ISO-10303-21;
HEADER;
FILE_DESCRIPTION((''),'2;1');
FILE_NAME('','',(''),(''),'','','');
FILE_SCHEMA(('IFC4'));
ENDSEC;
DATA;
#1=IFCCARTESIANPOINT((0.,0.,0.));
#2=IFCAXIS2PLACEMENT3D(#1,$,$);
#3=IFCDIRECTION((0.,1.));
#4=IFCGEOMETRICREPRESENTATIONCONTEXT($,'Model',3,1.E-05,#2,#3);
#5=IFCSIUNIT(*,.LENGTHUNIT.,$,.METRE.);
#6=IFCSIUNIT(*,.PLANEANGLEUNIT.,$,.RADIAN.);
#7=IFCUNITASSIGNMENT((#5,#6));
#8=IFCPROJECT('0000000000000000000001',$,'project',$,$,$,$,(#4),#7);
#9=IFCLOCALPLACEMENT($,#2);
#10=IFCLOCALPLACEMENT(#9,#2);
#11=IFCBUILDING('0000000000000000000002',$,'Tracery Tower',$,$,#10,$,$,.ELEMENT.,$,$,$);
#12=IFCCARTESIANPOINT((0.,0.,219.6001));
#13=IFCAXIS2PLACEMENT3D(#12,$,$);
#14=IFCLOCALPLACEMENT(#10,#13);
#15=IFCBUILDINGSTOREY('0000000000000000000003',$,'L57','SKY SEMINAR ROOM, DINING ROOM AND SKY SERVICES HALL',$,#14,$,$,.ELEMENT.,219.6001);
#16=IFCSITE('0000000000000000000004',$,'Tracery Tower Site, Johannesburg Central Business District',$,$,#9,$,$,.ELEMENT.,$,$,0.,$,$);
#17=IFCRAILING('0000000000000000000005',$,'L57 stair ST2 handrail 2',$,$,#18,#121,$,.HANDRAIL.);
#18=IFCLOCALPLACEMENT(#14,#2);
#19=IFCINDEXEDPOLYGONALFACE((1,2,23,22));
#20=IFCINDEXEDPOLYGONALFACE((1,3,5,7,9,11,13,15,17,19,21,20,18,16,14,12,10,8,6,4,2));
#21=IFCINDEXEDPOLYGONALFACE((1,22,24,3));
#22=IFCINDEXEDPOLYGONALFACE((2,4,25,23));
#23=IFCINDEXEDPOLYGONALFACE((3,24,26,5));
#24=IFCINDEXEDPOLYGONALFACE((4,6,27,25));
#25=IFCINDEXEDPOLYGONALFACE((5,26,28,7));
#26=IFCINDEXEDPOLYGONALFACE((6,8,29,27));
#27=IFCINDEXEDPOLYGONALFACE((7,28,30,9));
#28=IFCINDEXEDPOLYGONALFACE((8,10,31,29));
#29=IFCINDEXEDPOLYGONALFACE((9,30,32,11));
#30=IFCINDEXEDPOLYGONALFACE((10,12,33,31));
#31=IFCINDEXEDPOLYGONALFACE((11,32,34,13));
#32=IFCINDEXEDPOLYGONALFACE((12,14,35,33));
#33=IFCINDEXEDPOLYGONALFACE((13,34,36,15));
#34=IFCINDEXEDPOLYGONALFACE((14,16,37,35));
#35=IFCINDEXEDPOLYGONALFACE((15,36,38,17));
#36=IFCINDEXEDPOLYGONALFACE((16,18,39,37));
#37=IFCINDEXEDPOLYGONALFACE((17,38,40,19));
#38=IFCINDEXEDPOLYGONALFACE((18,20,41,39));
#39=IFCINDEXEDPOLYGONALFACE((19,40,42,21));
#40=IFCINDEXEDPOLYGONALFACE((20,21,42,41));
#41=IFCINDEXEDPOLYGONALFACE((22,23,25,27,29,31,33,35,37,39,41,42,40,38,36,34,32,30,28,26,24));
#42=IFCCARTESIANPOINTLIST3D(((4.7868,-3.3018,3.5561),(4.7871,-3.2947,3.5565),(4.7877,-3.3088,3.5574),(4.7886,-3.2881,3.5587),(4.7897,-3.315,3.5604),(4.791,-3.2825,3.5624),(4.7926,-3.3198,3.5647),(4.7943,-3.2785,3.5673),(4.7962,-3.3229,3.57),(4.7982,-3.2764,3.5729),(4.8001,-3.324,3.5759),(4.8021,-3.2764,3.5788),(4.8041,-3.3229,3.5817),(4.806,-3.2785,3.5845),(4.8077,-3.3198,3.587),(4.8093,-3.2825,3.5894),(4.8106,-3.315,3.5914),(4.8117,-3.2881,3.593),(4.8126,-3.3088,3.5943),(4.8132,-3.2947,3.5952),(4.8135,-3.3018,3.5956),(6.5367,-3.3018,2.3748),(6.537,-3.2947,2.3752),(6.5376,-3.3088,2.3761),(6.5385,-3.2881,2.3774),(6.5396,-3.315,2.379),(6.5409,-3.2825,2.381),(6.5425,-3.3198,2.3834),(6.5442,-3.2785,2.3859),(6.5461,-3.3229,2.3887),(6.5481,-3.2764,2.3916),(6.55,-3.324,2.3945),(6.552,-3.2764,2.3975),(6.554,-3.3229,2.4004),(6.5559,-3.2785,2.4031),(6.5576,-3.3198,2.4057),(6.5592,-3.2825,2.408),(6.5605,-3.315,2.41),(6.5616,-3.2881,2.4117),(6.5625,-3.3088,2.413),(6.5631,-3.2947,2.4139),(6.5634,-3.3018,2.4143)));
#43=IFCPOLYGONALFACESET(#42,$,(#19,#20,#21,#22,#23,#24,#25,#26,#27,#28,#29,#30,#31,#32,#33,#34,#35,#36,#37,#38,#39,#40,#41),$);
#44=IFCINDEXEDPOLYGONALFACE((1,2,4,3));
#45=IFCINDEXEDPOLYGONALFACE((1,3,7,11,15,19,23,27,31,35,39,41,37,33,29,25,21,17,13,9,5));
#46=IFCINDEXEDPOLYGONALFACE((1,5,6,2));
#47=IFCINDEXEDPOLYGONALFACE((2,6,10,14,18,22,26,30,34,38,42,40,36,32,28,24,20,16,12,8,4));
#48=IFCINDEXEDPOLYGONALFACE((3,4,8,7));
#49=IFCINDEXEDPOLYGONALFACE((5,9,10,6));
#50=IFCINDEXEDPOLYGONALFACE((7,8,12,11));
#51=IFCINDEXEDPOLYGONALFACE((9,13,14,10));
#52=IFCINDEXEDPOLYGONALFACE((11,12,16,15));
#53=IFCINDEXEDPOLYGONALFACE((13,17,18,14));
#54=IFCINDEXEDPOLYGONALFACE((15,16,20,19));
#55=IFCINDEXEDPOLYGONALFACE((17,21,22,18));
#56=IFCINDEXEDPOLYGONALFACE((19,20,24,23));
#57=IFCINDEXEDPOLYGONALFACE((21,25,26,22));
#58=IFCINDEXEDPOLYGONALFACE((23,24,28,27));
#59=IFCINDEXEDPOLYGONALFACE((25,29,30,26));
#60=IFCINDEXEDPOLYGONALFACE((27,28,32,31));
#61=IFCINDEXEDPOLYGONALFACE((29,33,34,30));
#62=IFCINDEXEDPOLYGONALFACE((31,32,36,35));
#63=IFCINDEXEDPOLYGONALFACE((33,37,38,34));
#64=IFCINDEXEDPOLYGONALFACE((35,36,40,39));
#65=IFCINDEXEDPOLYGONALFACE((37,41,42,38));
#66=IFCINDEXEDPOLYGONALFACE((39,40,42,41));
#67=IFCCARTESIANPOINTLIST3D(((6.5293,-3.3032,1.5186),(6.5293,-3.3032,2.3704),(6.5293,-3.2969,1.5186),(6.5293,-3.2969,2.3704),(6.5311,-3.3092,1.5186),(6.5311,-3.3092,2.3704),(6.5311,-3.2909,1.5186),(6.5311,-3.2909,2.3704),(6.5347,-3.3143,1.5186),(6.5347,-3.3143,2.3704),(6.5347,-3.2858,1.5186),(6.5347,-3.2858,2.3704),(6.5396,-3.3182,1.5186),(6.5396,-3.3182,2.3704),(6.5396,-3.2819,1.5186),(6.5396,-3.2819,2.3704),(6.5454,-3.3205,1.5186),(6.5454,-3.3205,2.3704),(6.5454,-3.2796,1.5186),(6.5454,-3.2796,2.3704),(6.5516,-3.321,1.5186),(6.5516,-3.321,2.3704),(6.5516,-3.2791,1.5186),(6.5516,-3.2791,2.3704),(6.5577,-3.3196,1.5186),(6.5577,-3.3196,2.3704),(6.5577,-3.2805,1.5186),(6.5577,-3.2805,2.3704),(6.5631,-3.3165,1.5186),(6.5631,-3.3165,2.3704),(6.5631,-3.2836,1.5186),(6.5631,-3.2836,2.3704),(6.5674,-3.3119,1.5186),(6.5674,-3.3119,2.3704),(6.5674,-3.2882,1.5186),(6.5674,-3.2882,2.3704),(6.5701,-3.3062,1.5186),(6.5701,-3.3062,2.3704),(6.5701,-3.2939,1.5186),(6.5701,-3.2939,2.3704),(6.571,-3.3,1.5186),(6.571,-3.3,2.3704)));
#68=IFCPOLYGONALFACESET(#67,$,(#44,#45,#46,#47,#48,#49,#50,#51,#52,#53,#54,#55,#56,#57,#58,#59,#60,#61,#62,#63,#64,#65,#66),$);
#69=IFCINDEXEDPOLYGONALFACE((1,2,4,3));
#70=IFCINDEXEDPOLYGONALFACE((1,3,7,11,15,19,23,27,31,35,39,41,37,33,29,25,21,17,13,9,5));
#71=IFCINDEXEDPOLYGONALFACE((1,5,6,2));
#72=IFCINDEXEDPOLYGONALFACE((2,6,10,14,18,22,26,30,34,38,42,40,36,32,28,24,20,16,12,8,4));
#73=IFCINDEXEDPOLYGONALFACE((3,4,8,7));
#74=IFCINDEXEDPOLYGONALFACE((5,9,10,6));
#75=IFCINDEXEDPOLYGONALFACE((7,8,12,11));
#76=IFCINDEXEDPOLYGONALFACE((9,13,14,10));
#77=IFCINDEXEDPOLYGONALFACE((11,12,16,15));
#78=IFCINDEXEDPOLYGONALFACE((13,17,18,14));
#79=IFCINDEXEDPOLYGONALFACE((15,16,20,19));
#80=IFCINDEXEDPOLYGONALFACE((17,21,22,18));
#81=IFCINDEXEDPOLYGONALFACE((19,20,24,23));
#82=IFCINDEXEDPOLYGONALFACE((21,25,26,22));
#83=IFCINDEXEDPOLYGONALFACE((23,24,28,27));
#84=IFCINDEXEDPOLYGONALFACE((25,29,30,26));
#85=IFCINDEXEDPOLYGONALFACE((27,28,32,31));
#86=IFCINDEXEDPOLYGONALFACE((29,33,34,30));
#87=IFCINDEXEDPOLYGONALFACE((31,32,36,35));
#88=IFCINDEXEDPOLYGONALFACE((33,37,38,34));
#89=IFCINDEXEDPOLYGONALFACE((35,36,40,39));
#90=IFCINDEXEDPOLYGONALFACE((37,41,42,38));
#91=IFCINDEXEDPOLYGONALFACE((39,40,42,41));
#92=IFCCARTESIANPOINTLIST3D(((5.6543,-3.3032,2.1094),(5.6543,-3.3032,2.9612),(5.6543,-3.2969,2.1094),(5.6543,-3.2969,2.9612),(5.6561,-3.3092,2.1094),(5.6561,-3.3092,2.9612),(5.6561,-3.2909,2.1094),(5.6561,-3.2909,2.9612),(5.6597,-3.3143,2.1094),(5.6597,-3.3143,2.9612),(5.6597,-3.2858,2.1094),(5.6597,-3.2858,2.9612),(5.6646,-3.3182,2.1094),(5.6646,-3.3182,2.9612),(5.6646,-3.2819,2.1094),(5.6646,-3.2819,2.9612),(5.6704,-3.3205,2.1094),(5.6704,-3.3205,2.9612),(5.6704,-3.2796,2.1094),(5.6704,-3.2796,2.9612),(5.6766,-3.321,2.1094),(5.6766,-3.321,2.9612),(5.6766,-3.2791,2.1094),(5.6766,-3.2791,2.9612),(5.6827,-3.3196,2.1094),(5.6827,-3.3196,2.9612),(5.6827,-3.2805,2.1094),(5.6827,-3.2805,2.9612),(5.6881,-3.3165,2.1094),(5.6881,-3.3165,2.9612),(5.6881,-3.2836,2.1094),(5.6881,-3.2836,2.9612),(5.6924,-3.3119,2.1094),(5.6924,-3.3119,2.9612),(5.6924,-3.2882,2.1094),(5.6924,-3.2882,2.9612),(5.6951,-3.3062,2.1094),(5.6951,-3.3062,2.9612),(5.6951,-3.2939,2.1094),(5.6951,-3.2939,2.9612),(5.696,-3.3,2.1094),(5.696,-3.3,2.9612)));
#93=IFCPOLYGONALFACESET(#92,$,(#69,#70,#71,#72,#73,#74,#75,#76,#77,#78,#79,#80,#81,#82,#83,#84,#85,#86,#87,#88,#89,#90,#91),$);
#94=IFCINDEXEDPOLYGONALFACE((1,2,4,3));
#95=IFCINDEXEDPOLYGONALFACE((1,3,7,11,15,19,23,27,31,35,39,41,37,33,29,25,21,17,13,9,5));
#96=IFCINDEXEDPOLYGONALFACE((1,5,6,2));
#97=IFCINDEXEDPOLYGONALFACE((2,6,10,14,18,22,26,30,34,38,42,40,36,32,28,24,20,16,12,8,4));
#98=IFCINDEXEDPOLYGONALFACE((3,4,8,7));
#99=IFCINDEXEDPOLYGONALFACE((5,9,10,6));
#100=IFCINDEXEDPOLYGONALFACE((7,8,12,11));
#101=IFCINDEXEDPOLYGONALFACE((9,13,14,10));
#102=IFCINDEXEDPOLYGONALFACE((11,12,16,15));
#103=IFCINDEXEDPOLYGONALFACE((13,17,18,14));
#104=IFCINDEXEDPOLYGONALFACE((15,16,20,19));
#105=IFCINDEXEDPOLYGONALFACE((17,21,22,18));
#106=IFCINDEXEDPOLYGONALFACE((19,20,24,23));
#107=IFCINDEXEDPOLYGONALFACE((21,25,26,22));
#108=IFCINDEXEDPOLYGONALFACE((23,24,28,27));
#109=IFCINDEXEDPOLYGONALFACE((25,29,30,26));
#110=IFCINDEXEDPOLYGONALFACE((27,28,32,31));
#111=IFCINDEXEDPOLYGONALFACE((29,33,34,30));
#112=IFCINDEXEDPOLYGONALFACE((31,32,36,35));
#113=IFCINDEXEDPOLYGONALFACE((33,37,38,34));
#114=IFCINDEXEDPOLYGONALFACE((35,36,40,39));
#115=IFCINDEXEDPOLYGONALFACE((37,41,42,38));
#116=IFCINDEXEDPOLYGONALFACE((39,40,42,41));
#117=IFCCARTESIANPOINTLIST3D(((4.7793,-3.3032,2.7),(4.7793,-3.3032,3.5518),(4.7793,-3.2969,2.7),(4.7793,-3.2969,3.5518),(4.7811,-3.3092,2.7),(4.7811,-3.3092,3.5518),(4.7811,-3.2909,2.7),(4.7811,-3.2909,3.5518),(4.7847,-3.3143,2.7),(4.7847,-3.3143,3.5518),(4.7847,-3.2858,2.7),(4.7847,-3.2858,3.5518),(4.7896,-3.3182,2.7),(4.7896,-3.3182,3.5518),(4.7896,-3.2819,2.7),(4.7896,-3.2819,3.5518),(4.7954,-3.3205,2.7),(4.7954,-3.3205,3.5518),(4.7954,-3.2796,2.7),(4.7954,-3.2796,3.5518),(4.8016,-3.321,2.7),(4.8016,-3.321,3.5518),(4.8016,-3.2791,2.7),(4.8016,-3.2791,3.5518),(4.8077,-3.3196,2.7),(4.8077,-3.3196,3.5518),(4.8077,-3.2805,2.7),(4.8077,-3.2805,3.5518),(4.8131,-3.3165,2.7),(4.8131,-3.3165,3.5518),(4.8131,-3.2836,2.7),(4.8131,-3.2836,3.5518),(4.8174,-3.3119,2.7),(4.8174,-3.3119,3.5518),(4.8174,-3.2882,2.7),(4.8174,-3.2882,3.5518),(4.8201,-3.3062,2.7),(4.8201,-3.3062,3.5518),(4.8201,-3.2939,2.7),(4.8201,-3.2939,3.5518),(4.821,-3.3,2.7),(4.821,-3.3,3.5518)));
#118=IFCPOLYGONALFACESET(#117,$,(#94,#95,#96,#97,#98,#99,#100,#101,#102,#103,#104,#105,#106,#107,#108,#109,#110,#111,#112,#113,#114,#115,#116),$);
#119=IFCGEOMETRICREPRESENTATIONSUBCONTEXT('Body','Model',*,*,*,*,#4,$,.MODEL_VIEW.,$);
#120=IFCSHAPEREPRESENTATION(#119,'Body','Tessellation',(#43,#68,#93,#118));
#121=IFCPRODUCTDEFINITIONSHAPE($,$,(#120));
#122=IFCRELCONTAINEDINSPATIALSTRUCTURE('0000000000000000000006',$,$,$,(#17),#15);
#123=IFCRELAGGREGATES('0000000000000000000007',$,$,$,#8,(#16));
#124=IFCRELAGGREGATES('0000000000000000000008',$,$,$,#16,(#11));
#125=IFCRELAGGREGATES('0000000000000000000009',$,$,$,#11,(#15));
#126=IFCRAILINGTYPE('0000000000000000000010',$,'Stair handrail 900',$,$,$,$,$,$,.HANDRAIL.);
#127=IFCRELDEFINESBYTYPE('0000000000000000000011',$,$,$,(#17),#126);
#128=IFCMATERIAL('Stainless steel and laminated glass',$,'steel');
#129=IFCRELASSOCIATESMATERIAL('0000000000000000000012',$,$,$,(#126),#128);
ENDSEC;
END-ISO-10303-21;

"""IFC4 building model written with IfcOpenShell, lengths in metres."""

from ifc_helpers import new_model, si_unit, direction, frame, origin, origin_2d, place, context, subcontext, project, spatial, circle, extrude, material, type_object, element, save


model = new_model("IFC4")

# Units and contexts
model_context = context("Model", 3, precision=1e-05, world=origin(), true_north=direction((0.0, 1.0)))
body_context = subcontext(model_context, "Body", "Model", "MODEL_VIEW")
ifc_project = project(units=[si_unit("LENGTHUNIT", "METRE"), si_unit("PLANEANGLEUNIT", "RADIAN")], contexts=[model_context])

# Site, building, storey
site_placement = place(None, origin())
site = spatial("IfcSite", under=ifc_project, at=site_placement, Name="Tracery Tower Site, Johannesburg Central Business District", CompositionType="ELEMENT", RefElevation=0.0)
building_placement = place(site_placement, origin())
building = spatial("IfcBuilding", under=site, at=building_placement, Name="Tracery Tower", CompositionType="ELEMENT")
storey_placement = place(building_placement, frame((0.0, 0.0, 219.6001)))
storey = spatial("IfcBuildingStorey", under=building, at=storey_placement, Name="L57", Description="SKY SEMINAR ROOM, DINING ROOM AND SKY SERVICES HALL", CompositionType="ELEMENT", Elevation=219.6001)

# Railing
ifc_material_1 = material(Name="Stainless steel and laminated glass", Category="steel")
railing_type_1 = type_object("IfcRailingType", Name="Stair handrail 900", PredefinedType="HANDRAIL", material=ifc_material_1)
railing_1_placement = place(storey_placement, frame((6.55, -3.3, 1.5186)))
element("IfcRailing", 1, at=railing_1_placement, inside=storey, type_object=railing_type_1, Name="L57 stair ST2 handrail 2", PredefinedType="HANDRAIL", context=body_context, shape_type="SweptSolid", body=[
    extrude(circle(Radius=0.0239, at=origin_2d()), frame((0.0, 0.0, 0.876), z_axis=(-0.828817, 0.0, 0.559521), x_axis=(0.0, -1.0, 0.0)), (0.0, 0.0, 1.0), 2.1113),
    extrude(circle(Radius=0.021, at=origin_2d()), origin(), (0.0, 0.0, 1.0), 0.8518),
    extrude(circle(Radius=0.021, at=origin_2d()), frame((-0.875, 0.0, 0.5908)), (0.0, 0.0, 1.0), 0.8518),
    extrude(circle(Radius=0.021, at=origin_2d()), frame((-1.75, 0.0, 1.1814)), (0.0, 0.0, 1.0), 0.8518),
])

save(model, "model.ifc")
